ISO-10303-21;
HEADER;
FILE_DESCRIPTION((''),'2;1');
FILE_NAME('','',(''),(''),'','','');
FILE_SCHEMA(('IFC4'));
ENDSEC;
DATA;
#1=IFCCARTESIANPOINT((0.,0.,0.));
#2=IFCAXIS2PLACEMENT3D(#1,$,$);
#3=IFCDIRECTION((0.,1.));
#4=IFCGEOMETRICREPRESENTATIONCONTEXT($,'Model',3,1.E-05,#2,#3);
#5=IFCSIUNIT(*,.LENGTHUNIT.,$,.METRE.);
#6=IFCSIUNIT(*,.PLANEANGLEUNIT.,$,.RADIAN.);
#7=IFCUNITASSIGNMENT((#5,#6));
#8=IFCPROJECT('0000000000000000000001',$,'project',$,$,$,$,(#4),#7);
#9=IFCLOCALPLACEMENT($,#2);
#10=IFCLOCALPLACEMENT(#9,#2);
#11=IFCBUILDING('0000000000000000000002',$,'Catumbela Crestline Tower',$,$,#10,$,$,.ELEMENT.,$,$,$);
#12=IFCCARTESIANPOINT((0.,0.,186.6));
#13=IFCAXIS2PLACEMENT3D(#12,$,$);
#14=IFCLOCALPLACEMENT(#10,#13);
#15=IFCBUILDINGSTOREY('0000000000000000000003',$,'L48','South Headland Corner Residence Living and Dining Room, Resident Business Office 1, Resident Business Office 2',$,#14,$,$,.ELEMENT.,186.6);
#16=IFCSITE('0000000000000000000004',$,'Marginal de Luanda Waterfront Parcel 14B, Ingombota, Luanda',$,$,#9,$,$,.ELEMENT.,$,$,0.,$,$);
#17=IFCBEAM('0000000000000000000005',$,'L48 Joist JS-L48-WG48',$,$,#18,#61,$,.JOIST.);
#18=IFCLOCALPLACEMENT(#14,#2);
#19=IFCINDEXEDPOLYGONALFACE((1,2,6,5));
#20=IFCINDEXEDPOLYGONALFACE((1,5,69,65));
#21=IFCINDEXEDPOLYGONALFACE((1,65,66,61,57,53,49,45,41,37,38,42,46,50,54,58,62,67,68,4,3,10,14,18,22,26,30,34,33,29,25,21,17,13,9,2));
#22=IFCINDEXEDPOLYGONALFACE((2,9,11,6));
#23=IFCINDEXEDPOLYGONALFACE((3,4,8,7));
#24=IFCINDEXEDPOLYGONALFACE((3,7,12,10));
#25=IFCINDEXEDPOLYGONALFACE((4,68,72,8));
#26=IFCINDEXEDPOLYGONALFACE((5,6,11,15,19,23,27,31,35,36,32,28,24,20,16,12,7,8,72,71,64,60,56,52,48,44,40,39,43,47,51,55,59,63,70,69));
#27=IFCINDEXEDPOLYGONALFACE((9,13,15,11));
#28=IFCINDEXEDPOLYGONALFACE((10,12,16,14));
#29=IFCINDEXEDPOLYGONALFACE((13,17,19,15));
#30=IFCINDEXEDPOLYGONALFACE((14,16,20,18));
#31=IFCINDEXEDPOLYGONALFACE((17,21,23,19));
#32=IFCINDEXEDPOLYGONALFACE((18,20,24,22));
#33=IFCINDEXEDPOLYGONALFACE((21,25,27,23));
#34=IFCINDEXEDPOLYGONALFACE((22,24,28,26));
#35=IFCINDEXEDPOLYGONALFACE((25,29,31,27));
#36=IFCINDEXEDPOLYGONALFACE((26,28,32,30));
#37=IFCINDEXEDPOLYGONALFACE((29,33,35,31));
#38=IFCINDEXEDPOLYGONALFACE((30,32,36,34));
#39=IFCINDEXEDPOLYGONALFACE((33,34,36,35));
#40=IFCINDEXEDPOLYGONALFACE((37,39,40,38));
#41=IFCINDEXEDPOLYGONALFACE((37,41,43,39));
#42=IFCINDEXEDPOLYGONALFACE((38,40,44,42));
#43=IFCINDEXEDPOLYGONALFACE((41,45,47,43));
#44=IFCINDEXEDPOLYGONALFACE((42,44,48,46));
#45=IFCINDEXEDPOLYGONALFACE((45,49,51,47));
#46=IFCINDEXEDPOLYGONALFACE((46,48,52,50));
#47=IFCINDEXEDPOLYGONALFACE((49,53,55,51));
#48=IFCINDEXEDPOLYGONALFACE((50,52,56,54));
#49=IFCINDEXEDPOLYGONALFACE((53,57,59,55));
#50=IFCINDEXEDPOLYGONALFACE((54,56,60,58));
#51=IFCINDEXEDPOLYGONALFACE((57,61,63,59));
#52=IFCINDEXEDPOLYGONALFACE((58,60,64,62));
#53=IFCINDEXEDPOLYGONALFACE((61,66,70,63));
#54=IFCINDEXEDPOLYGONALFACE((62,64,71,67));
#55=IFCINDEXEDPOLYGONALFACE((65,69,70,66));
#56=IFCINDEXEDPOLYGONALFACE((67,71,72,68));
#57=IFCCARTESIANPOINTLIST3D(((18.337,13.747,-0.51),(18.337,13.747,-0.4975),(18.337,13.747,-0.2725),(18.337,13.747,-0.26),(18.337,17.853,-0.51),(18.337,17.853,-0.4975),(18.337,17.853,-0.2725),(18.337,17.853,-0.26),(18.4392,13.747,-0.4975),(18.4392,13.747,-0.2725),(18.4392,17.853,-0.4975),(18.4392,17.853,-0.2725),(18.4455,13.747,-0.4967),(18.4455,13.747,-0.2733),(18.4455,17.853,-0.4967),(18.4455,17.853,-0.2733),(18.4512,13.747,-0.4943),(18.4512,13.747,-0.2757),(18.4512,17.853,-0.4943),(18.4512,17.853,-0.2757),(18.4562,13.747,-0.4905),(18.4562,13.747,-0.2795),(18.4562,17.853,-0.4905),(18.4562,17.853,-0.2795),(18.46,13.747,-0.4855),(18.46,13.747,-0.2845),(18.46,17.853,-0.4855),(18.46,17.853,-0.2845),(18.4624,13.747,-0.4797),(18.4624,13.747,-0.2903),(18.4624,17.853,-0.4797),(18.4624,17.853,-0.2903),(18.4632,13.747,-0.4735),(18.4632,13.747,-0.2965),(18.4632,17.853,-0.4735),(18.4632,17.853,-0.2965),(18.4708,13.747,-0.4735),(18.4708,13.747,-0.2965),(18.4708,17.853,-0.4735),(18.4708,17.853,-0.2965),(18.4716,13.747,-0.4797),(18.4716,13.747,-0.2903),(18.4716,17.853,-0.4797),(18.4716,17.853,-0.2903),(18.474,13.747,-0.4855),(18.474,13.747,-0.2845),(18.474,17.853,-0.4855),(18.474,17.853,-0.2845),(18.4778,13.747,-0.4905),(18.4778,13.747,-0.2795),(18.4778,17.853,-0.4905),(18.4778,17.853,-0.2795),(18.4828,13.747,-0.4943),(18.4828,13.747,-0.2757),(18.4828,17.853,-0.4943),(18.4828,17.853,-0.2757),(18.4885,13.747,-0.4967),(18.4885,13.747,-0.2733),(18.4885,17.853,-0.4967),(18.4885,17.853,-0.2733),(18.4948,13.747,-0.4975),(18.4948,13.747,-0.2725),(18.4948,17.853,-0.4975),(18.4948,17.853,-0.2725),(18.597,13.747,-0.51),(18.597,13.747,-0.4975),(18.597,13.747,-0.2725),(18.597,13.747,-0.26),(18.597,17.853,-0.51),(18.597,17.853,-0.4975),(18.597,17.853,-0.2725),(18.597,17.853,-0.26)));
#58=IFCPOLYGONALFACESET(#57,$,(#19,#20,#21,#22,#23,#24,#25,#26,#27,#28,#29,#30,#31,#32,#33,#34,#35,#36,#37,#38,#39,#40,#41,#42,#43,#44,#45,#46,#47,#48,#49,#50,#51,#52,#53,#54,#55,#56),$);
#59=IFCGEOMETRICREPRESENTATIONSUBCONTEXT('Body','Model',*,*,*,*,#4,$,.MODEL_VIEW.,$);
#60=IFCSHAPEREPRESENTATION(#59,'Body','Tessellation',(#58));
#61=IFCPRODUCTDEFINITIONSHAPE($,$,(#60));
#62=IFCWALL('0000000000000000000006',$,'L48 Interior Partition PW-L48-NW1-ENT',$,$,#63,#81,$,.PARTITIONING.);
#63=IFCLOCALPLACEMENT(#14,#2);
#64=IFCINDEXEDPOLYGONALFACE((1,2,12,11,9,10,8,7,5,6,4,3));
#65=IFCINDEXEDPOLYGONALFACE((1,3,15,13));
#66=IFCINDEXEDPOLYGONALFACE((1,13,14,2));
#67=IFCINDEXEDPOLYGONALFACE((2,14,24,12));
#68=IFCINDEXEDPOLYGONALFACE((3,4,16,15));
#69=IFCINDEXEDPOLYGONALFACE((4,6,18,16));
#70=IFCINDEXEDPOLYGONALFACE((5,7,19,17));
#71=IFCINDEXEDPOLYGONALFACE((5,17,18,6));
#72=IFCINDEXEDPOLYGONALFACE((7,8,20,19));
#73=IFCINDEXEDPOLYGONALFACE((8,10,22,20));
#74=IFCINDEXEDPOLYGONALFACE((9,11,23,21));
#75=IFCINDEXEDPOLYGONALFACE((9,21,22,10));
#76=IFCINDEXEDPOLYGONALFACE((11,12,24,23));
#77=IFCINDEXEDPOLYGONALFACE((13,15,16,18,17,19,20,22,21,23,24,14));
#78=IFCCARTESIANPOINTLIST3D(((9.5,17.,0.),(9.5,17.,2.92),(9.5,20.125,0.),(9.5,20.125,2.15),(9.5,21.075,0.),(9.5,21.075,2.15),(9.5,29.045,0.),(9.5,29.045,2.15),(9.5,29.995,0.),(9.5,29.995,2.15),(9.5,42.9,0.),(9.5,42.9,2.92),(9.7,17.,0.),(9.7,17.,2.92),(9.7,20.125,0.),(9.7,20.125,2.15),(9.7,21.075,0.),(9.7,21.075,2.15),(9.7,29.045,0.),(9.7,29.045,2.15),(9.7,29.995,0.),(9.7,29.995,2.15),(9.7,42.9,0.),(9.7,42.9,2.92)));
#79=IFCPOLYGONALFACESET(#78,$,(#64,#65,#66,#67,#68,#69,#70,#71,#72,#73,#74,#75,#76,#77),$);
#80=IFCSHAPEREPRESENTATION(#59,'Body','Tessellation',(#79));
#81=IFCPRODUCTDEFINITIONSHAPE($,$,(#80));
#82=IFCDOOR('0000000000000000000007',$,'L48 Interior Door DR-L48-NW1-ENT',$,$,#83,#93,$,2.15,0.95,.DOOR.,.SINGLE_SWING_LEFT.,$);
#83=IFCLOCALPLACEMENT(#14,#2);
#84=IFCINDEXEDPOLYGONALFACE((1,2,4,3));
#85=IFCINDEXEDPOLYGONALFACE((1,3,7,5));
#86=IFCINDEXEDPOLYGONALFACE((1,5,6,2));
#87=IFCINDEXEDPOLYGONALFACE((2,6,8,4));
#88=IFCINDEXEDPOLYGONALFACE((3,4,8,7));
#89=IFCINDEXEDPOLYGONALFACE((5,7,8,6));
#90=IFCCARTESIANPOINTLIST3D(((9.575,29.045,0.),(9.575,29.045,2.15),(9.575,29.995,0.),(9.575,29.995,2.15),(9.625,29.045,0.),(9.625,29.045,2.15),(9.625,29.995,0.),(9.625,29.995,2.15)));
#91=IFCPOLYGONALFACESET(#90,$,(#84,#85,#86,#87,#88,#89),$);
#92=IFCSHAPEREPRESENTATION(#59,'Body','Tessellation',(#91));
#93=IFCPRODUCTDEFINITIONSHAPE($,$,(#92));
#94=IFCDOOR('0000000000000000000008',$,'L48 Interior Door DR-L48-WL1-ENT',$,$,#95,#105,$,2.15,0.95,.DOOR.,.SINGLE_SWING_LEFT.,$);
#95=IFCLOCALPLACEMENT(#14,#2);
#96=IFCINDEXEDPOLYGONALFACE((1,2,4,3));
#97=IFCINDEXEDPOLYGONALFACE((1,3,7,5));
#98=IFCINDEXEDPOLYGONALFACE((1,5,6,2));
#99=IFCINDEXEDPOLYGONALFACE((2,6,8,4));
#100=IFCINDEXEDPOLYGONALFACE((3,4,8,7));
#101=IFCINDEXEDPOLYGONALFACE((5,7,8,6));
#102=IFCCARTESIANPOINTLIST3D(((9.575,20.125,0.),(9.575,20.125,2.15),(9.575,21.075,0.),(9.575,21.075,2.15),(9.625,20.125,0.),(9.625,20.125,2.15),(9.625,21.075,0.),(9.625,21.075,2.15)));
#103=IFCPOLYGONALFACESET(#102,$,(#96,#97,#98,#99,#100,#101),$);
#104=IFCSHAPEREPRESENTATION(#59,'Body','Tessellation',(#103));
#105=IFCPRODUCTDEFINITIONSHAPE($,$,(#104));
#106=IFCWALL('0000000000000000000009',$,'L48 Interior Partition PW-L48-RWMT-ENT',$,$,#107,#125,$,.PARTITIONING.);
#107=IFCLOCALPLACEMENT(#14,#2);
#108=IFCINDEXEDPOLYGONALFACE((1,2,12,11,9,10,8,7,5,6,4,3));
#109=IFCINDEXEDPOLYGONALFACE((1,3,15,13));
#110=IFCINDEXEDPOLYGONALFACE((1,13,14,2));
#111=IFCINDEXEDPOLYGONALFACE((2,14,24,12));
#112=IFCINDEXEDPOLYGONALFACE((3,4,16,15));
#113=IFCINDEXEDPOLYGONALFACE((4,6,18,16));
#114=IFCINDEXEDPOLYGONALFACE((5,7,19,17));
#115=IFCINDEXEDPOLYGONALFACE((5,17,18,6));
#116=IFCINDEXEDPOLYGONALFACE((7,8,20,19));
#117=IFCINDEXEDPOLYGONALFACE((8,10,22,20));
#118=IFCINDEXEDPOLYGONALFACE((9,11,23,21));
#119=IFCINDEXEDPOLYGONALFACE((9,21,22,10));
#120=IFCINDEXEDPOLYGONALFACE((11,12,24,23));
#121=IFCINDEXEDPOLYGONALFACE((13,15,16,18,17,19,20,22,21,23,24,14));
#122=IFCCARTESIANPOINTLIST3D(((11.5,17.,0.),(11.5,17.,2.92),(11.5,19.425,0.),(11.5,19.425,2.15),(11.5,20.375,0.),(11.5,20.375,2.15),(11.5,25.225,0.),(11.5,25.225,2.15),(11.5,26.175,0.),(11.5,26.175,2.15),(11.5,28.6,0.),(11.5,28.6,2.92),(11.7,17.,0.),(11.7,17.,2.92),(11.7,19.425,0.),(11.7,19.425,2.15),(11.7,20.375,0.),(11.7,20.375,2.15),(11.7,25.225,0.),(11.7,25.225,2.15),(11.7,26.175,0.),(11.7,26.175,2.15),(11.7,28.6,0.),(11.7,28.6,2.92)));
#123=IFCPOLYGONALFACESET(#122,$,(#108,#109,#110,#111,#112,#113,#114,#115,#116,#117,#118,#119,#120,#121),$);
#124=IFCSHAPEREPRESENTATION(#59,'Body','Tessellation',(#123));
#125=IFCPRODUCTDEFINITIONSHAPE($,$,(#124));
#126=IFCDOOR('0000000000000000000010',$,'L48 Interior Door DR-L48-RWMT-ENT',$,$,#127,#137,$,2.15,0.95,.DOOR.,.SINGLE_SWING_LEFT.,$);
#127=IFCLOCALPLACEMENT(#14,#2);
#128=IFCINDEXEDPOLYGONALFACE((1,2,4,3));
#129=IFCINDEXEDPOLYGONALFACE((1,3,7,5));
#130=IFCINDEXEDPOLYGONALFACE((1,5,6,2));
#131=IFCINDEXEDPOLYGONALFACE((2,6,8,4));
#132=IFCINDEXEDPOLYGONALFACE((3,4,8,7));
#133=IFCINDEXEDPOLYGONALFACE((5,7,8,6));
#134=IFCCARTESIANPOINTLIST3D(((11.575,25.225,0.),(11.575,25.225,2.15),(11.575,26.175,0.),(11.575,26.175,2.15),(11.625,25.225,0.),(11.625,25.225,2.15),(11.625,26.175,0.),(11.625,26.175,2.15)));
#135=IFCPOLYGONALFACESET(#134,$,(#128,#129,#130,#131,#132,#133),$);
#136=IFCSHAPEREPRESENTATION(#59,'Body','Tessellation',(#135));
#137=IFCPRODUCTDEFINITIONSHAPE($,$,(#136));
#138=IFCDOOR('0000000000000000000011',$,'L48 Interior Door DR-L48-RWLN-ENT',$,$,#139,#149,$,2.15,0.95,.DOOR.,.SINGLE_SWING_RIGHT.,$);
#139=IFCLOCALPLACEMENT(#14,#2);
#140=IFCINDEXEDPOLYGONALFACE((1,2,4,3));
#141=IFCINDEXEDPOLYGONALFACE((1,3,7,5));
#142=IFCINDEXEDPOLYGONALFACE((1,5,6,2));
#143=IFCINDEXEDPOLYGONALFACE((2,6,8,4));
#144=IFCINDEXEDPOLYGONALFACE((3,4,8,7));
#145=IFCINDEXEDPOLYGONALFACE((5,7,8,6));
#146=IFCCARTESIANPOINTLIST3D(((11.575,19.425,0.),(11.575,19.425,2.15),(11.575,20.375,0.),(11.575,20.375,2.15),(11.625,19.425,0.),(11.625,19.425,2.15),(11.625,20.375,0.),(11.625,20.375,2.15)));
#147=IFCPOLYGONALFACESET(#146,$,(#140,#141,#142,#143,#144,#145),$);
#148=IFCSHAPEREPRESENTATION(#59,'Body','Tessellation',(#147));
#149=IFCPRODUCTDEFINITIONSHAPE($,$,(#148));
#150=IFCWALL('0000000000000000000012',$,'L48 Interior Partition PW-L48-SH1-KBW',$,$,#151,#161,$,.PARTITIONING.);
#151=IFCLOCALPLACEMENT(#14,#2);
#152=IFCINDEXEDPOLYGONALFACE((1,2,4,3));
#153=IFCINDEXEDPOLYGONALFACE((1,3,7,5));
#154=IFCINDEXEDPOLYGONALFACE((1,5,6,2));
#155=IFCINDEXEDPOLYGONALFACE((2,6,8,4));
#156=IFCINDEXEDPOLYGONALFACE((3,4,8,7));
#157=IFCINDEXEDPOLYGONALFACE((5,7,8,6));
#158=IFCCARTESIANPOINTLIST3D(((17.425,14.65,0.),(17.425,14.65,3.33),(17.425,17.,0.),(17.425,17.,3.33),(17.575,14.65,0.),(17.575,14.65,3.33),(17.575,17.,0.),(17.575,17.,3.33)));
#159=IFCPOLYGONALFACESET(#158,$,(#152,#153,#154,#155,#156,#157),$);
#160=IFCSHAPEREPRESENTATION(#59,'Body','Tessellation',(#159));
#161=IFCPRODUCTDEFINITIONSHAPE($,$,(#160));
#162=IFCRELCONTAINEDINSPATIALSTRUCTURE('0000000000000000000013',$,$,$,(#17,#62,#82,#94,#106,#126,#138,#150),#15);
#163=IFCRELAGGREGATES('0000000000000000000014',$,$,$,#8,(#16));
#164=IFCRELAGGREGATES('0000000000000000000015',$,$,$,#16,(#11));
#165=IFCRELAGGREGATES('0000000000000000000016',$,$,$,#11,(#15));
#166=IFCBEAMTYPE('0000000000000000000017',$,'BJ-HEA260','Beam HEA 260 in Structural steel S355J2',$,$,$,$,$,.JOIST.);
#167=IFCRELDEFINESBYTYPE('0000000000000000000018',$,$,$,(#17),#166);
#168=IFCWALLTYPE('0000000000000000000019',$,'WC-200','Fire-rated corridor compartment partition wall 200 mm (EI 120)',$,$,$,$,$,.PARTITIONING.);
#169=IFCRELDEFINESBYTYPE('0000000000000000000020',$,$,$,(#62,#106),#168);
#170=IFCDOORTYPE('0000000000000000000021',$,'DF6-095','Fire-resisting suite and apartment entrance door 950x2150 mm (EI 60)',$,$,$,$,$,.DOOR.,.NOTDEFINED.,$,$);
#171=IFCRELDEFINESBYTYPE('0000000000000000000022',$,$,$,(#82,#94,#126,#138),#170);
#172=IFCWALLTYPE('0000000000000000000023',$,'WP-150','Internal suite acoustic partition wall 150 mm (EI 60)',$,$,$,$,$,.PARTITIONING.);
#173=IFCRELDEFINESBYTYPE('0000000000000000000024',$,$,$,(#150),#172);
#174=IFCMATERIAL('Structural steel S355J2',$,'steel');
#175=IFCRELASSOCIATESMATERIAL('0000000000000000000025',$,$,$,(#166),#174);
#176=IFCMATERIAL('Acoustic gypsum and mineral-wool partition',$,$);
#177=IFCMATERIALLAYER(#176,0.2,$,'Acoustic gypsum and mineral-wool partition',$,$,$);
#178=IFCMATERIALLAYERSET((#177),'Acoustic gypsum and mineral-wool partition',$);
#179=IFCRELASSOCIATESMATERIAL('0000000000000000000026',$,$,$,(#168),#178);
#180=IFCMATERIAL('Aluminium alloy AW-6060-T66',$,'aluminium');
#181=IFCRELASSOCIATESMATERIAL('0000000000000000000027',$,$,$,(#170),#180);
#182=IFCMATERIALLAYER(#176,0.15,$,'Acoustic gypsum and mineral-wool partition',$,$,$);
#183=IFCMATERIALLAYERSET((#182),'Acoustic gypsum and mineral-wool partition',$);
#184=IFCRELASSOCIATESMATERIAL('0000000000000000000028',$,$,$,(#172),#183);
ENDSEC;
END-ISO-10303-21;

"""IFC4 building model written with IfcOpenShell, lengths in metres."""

from ifc_helpers import new_model, si_unit, direction, frame, frame_2d, origin, origin_2d, place, context, subcontext, project, spatial, rectangle, i_section, extrude, material, layer, layer_set, material_profile, profile_set, type_object, element, fill, save


model = new_model("IFC4")

# Units and contexts
model_context = context("Model", 3, precision=1e-05, world=origin(), true_north=direction((0.0, 1.0)))
body_context = subcontext(model_context, "Body", "Model", "MODEL_VIEW")
ifc_project = project(units=[si_unit("LENGTHUNIT", "METRE"), si_unit("PLANEANGLEUNIT", "RADIAN")], contexts=[model_context])

# Site, building, storey
site_placement = place(None, origin())
site = spatial("IfcSite", under=ifc_project, at=site_placement, Name="Marginal de Luanda Waterfront Parcel 14B, Ingombota, Luanda", CompositionType="ELEMENT", RefElevation=0.0)
building_placement = place(site_placement, origin())
building = spatial("IfcBuilding", under=site, at=building_placement, Name="Catumbela Crestline Tower", CompositionType="ELEMENT")
storey_placement = place(building_placement, frame((0.0, 0.0, 186.6)))
storey = spatial("IfcBuildingStorey", under=building, at=storey_placement, Name="L48", Description="South Headland Corner Residence Living and Dining Room, Resident Business Office 1, Resident Business Office 2", CompositionType="ELEMENT", Elevation=186.6)

# Shared definitions
ifc_material_1 = material(Name="Structural steel S355J2", Category="steel")

# Beam
ifc_material_profile_1 = material_profile(ifc_material_1, i_section(OverallWidth=0.26, OverallDepth=0.25, WebThickness=0.0075, FlangeThickness=0.0125, FilletRadius=0.024, at=origin_2d()), Name="HEA 260")
ifc_profile_set_1 = profile_set([ifc_material_profile_1], Name="Structural steel S355J2")
beam_type_1 = type_object("IfcBeamType", Name="BJ-HEA260", Description="Beam HEA 260 in Structural steel S355J2", PredefinedType="JOIST", material=ifc_profile_set_1)
for number, where, z_axis, x_axis, name in (
    (1, (18.467, 13.747, -0.385), (0.0, 1.0, 0.0), (-1.0, 0.0, 0.0), "L48 Joist JS-L48-WG48"),
):
    element("IfcBeam", number, at=place(storey_placement, frame(where, z_axis=z_axis, x_axis=x_axis)), inside=storey, type_object=beam_type_1, Name=name, PredefinedType="JOIST", context=body_context, shape_type="SweptSolid", body=[
        extrude(i_section(OverallWidth=0.26, OverallDepth=0.25, WebThickness=0.0075, FlangeThickness=0.0125, FilletRadius=0.024, at=origin_2d()), origin(), (0.0, 0.0, 1.0), 4.106),
    ])

# Walls, openings, doors
ifc_material_2 = material(Name="Acoustic gypsum and mineral-wool partition")
ifc_layer_1 = layer(ifc_material_2, 0.2, Name="Acoustic gypsum and mineral-wool partition")
ifc_layer_set_1 = layer_set([ifc_layer_1], Name="Acoustic gypsum and mineral-wool partition")
wall_type_1 = type_object("IfcWallType", Name="WC-200", Description="Fire-rated corridor compartment partition wall 200 mm (EI 120)", PredefinedType="PARTITIONING", material=ifc_layer_set_1)
wall_1_placement = place(storey_placement, frame((9.6, 17.0, 0.0), z_axis=(0.0, 0.0, 1.0), x_axis=(0.0, 1.0, 0.0)))
wall_1 = element("IfcWall", 2, at=wall_1_placement, inside=storey, type_object=wall_type_1, Name="L48 Interior Partition PW-L48-NW1-ENT", PredefinedType="PARTITIONING", context=body_context, shape_type="SweptSolid", body=[
    extrude(rectangle(XDim=25.9, YDim=0.2, at=frame_2d((12.95, 0.0))), origin(), (0.0, 0.0, 1.0), 2.92),
])
opening_1_placement = place(wall_1_placement, frame((12.045, 0.0, 0.0)))
opening_1 = element("IfcOpeningElement", 3, at=opening_1_placement, cuts=wall_1, PredefinedType="OPENING", context=body_context, shape_type="SweptSolid", body=[
    extrude(rectangle(XDim=0.95, YDim=2.15, at=frame_2d((0.475, 1.075))), frame((0.0, 0.11, 0.0), z_axis=(0.0, -1.0, 0.0), x_axis=(1.0, 0.0, 0.0)), (0.0, 0.0, 1.0), 0.22),
])
opening_2_placement = place(wall_1_placement, frame((3.125, 0.0, 0.0)))
opening_2 = element("IfcOpeningElement", 4, at=opening_2_placement, cuts=wall_1, PredefinedType="OPENING", context=body_context, shape_type="SweptSolid", body=[
    extrude(rectangle(XDim=0.95, YDim=2.15, at=frame_2d((0.475, 1.075))), frame((0.0, 0.11, 0.0), z_axis=(0.0, -1.0, 0.0), x_axis=(1.0, 0.0, 0.0)), (0.0, 0.0, 1.0), 0.22),
])
ifc_material_3 = material(Name="Aluminium alloy AW-6060-T66", Category="aluminium")
door_type_1 = type_object("IfcDoorType", Name="DF6-095", Description="Fire-resisting suite and apartment entrance door 950x2150 mm (EI 60)", OperationType="NOTDEFINED", PredefinedType="DOOR", material=ifc_material_3)
door_1_placement = place(opening_1_placement, origin())
door_1 = element("IfcDoor", 5, at=door_1_placement, inside=storey, type_object=door_type_1, Name="L48 Interior Door DR-L48-NW1-ENT", OperationType="SINGLE_SWING_LEFT", OverallHeight=2.15, OverallWidth=0.95, PredefinedType="DOOR", context=body_context, shape_type="SweptSolid", body=[
    extrude(rectangle(XDim=0.95, YDim=2.15, at=frame_2d((0.475, 1.075))), frame((0.0, 0.025, 0.0), z_axis=(0.0, -1.0, 0.0), x_axis=(1.0, 0.0, 0.0)), (0.0, 0.0, 1.0), 0.05),
])
fill(opening_1, door_1)
door_2_placement = place(opening_2_placement, origin())
door_2 = element("IfcDoor", 6, at=door_2_placement, inside=storey, type_object=door_type_1, Name="L48 Interior Door DR-L48-WL1-ENT", OperationType="SINGLE_SWING_LEFT", OverallHeight=2.15, OverallWidth=0.95, PredefinedType="DOOR", context=body_context, shape_type="SweptSolid", body=[
    extrude(rectangle(XDim=0.95, YDim=2.15, at=frame_2d((0.475, 1.075))), frame((0.0, 0.025, 0.0), z_axis=(0.0, -1.0, 0.0), x_axis=(1.0, 0.0, 0.0)), (0.0, 0.0, 1.0), 0.05),
])
fill(opening_2, door_2)
wall_2_placement = place(storey_placement, frame((11.6, 17.0, 0.0), z_axis=(0.0, 0.0, 1.0), x_axis=(0.0, 1.0, 0.0)))
wall_2 = element("IfcWall", 7, at=wall_2_placement, inside=storey, type_object=wall_type_1, Name="L48 Interior Partition PW-L48-RWMT-ENT", PredefinedType="PARTITIONING", context=body_context, shape_type="SweptSolid", body=[
    extrude(rectangle(XDim=11.6, YDim=0.2, at=frame_2d((5.8, 0.0))), origin(), (0.0, 0.0, 1.0), 2.92),
])
opening_3_placement = place(wall_2_placement, frame((8.225, 0.0, 0.0)))
opening_3 = element("IfcOpeningElement", 8, at=opening_3_placement, cuts=wall_2, PredefinedType="OPENING", context=body_context, shape_type="SweptSolid", body=[
    extrude(rectangle(XDim=0.95, YDim=2.15, at=frame_2d((0.475, 1.075))), frame((0.0, 0.11, 0.0), z_axis=(0.0, -1.0, 0.0), x_axis=(1.0, 0.0, 0.0)), (0.0, 0.0, 1.0), 0.22),
])
opening_4_placement = place(wall_2_placement, frame((2.425, 0.0, 0.0)))
opening_4 = element("IfcOpeningElement", 9, at=opening_4_placement, cuts=wall_2, PredefinedType="OPENING", context=body_context, shape_type="SweptSolid", body=[
    extrude(rectangle(XDim=0.95, YDim=2.15, at=frame_2d((0.475, 1.075))), frame((0.0, 0.11, 0.0), z_axis=(0.0, -1.0, 0.0), x_axis=(1.0, 0.0, 0.0)), (0.0, 0.0, 1.0), 0.22),
])
door_3_placement = place(opening_3_placement, origin())
door_3 = element("IfcDoor", 10, at=door_3_placement, inside=storey, type_object=door_type_1, Name="L48 Interior Door DR-L48-RWMT-ENT", OperationType="SINGLE_SWING_LEFT", OverallHeight=2.15, OverallWidth=0.95, PredefinedType="DOOR", context=body_context, shape_type="SweptSolid", body=[
    extrude(rectangle(XDim=0.95, YDim=2.15, at=frame_2d((0.475, 1.075))), frame((0.0, 0.025, 0.0), z_axis=(0.0, -1.0, 0.0), x_axis=(1.0, 0.0, 0.0)), (0.0, 0.0, 1.0), 0.05),
])
fill(opening_3, door_3)
door_4_placement = place(opening_4_placement, origin())
door_4 = element("IfcDoor", 11, at=door_4_placement, inside=storey, type_object=door_type_1, Name="L48 Interior Door DR-L48-RWLN-ENT", OperationType="SINGLE_SWING_RIGHT", OverallHeight=2.15, OverallWidth=0.95, PredefinedType="DOOR", context=body_context, shape_type="SweptSolid", body=[
    extrude(rectangle(XDim=0.95, YDim=2.15, at=frame_2d((0.475, 1.075))), frame((0.0, 0.025, 0.0), z_axis=(0.0, -1.0, 0.0), x_axis=(1.0, 0.0, 0.0)), (0.0, 0.0, 1.0), 0.05),
])
fill(opening_4, door_4)

# Wall
ifc_layer_2 = layer(ifc_material_2, 0.15, Name="Acoustic gypsum and mineral-wool partition")
ifc_layer_set_2 = layer_set([ifc_layer_2], Name="Acoustic gypsum and mineral-wool partition")
wall_type_2 = type_object("IfcWallType", Name="WP-150", Description="Internal suite acoustic partition wall 150 mm (EI 60)", PredefinedType="PARTITIONING", material=ifc_layer_set_2)
wall_3_placement = place(storey_placement, frame((17.5, 14.65, 0.0), z_axis=(0.0, 0.0, 1.0), x_axis=(0.0, 1.0, 0.0)))
element("IfcWall", 12, at=wall_3_placement, inside=storey, type_object=wall_type_2, Name="L48 Interior Partition PW-L48-SH1-KBW", PredefinedType="PARTITIONING", context=body_context, shape_type="SweptSolid", body=[
    extrude(rectangle(XDim=2.35, YDim=0.15, at=frame_2d((1.175, 0.0))), origin(), (0.0, 0.0, 1.0), 3.33),
])

save(model, "model.ifc")
